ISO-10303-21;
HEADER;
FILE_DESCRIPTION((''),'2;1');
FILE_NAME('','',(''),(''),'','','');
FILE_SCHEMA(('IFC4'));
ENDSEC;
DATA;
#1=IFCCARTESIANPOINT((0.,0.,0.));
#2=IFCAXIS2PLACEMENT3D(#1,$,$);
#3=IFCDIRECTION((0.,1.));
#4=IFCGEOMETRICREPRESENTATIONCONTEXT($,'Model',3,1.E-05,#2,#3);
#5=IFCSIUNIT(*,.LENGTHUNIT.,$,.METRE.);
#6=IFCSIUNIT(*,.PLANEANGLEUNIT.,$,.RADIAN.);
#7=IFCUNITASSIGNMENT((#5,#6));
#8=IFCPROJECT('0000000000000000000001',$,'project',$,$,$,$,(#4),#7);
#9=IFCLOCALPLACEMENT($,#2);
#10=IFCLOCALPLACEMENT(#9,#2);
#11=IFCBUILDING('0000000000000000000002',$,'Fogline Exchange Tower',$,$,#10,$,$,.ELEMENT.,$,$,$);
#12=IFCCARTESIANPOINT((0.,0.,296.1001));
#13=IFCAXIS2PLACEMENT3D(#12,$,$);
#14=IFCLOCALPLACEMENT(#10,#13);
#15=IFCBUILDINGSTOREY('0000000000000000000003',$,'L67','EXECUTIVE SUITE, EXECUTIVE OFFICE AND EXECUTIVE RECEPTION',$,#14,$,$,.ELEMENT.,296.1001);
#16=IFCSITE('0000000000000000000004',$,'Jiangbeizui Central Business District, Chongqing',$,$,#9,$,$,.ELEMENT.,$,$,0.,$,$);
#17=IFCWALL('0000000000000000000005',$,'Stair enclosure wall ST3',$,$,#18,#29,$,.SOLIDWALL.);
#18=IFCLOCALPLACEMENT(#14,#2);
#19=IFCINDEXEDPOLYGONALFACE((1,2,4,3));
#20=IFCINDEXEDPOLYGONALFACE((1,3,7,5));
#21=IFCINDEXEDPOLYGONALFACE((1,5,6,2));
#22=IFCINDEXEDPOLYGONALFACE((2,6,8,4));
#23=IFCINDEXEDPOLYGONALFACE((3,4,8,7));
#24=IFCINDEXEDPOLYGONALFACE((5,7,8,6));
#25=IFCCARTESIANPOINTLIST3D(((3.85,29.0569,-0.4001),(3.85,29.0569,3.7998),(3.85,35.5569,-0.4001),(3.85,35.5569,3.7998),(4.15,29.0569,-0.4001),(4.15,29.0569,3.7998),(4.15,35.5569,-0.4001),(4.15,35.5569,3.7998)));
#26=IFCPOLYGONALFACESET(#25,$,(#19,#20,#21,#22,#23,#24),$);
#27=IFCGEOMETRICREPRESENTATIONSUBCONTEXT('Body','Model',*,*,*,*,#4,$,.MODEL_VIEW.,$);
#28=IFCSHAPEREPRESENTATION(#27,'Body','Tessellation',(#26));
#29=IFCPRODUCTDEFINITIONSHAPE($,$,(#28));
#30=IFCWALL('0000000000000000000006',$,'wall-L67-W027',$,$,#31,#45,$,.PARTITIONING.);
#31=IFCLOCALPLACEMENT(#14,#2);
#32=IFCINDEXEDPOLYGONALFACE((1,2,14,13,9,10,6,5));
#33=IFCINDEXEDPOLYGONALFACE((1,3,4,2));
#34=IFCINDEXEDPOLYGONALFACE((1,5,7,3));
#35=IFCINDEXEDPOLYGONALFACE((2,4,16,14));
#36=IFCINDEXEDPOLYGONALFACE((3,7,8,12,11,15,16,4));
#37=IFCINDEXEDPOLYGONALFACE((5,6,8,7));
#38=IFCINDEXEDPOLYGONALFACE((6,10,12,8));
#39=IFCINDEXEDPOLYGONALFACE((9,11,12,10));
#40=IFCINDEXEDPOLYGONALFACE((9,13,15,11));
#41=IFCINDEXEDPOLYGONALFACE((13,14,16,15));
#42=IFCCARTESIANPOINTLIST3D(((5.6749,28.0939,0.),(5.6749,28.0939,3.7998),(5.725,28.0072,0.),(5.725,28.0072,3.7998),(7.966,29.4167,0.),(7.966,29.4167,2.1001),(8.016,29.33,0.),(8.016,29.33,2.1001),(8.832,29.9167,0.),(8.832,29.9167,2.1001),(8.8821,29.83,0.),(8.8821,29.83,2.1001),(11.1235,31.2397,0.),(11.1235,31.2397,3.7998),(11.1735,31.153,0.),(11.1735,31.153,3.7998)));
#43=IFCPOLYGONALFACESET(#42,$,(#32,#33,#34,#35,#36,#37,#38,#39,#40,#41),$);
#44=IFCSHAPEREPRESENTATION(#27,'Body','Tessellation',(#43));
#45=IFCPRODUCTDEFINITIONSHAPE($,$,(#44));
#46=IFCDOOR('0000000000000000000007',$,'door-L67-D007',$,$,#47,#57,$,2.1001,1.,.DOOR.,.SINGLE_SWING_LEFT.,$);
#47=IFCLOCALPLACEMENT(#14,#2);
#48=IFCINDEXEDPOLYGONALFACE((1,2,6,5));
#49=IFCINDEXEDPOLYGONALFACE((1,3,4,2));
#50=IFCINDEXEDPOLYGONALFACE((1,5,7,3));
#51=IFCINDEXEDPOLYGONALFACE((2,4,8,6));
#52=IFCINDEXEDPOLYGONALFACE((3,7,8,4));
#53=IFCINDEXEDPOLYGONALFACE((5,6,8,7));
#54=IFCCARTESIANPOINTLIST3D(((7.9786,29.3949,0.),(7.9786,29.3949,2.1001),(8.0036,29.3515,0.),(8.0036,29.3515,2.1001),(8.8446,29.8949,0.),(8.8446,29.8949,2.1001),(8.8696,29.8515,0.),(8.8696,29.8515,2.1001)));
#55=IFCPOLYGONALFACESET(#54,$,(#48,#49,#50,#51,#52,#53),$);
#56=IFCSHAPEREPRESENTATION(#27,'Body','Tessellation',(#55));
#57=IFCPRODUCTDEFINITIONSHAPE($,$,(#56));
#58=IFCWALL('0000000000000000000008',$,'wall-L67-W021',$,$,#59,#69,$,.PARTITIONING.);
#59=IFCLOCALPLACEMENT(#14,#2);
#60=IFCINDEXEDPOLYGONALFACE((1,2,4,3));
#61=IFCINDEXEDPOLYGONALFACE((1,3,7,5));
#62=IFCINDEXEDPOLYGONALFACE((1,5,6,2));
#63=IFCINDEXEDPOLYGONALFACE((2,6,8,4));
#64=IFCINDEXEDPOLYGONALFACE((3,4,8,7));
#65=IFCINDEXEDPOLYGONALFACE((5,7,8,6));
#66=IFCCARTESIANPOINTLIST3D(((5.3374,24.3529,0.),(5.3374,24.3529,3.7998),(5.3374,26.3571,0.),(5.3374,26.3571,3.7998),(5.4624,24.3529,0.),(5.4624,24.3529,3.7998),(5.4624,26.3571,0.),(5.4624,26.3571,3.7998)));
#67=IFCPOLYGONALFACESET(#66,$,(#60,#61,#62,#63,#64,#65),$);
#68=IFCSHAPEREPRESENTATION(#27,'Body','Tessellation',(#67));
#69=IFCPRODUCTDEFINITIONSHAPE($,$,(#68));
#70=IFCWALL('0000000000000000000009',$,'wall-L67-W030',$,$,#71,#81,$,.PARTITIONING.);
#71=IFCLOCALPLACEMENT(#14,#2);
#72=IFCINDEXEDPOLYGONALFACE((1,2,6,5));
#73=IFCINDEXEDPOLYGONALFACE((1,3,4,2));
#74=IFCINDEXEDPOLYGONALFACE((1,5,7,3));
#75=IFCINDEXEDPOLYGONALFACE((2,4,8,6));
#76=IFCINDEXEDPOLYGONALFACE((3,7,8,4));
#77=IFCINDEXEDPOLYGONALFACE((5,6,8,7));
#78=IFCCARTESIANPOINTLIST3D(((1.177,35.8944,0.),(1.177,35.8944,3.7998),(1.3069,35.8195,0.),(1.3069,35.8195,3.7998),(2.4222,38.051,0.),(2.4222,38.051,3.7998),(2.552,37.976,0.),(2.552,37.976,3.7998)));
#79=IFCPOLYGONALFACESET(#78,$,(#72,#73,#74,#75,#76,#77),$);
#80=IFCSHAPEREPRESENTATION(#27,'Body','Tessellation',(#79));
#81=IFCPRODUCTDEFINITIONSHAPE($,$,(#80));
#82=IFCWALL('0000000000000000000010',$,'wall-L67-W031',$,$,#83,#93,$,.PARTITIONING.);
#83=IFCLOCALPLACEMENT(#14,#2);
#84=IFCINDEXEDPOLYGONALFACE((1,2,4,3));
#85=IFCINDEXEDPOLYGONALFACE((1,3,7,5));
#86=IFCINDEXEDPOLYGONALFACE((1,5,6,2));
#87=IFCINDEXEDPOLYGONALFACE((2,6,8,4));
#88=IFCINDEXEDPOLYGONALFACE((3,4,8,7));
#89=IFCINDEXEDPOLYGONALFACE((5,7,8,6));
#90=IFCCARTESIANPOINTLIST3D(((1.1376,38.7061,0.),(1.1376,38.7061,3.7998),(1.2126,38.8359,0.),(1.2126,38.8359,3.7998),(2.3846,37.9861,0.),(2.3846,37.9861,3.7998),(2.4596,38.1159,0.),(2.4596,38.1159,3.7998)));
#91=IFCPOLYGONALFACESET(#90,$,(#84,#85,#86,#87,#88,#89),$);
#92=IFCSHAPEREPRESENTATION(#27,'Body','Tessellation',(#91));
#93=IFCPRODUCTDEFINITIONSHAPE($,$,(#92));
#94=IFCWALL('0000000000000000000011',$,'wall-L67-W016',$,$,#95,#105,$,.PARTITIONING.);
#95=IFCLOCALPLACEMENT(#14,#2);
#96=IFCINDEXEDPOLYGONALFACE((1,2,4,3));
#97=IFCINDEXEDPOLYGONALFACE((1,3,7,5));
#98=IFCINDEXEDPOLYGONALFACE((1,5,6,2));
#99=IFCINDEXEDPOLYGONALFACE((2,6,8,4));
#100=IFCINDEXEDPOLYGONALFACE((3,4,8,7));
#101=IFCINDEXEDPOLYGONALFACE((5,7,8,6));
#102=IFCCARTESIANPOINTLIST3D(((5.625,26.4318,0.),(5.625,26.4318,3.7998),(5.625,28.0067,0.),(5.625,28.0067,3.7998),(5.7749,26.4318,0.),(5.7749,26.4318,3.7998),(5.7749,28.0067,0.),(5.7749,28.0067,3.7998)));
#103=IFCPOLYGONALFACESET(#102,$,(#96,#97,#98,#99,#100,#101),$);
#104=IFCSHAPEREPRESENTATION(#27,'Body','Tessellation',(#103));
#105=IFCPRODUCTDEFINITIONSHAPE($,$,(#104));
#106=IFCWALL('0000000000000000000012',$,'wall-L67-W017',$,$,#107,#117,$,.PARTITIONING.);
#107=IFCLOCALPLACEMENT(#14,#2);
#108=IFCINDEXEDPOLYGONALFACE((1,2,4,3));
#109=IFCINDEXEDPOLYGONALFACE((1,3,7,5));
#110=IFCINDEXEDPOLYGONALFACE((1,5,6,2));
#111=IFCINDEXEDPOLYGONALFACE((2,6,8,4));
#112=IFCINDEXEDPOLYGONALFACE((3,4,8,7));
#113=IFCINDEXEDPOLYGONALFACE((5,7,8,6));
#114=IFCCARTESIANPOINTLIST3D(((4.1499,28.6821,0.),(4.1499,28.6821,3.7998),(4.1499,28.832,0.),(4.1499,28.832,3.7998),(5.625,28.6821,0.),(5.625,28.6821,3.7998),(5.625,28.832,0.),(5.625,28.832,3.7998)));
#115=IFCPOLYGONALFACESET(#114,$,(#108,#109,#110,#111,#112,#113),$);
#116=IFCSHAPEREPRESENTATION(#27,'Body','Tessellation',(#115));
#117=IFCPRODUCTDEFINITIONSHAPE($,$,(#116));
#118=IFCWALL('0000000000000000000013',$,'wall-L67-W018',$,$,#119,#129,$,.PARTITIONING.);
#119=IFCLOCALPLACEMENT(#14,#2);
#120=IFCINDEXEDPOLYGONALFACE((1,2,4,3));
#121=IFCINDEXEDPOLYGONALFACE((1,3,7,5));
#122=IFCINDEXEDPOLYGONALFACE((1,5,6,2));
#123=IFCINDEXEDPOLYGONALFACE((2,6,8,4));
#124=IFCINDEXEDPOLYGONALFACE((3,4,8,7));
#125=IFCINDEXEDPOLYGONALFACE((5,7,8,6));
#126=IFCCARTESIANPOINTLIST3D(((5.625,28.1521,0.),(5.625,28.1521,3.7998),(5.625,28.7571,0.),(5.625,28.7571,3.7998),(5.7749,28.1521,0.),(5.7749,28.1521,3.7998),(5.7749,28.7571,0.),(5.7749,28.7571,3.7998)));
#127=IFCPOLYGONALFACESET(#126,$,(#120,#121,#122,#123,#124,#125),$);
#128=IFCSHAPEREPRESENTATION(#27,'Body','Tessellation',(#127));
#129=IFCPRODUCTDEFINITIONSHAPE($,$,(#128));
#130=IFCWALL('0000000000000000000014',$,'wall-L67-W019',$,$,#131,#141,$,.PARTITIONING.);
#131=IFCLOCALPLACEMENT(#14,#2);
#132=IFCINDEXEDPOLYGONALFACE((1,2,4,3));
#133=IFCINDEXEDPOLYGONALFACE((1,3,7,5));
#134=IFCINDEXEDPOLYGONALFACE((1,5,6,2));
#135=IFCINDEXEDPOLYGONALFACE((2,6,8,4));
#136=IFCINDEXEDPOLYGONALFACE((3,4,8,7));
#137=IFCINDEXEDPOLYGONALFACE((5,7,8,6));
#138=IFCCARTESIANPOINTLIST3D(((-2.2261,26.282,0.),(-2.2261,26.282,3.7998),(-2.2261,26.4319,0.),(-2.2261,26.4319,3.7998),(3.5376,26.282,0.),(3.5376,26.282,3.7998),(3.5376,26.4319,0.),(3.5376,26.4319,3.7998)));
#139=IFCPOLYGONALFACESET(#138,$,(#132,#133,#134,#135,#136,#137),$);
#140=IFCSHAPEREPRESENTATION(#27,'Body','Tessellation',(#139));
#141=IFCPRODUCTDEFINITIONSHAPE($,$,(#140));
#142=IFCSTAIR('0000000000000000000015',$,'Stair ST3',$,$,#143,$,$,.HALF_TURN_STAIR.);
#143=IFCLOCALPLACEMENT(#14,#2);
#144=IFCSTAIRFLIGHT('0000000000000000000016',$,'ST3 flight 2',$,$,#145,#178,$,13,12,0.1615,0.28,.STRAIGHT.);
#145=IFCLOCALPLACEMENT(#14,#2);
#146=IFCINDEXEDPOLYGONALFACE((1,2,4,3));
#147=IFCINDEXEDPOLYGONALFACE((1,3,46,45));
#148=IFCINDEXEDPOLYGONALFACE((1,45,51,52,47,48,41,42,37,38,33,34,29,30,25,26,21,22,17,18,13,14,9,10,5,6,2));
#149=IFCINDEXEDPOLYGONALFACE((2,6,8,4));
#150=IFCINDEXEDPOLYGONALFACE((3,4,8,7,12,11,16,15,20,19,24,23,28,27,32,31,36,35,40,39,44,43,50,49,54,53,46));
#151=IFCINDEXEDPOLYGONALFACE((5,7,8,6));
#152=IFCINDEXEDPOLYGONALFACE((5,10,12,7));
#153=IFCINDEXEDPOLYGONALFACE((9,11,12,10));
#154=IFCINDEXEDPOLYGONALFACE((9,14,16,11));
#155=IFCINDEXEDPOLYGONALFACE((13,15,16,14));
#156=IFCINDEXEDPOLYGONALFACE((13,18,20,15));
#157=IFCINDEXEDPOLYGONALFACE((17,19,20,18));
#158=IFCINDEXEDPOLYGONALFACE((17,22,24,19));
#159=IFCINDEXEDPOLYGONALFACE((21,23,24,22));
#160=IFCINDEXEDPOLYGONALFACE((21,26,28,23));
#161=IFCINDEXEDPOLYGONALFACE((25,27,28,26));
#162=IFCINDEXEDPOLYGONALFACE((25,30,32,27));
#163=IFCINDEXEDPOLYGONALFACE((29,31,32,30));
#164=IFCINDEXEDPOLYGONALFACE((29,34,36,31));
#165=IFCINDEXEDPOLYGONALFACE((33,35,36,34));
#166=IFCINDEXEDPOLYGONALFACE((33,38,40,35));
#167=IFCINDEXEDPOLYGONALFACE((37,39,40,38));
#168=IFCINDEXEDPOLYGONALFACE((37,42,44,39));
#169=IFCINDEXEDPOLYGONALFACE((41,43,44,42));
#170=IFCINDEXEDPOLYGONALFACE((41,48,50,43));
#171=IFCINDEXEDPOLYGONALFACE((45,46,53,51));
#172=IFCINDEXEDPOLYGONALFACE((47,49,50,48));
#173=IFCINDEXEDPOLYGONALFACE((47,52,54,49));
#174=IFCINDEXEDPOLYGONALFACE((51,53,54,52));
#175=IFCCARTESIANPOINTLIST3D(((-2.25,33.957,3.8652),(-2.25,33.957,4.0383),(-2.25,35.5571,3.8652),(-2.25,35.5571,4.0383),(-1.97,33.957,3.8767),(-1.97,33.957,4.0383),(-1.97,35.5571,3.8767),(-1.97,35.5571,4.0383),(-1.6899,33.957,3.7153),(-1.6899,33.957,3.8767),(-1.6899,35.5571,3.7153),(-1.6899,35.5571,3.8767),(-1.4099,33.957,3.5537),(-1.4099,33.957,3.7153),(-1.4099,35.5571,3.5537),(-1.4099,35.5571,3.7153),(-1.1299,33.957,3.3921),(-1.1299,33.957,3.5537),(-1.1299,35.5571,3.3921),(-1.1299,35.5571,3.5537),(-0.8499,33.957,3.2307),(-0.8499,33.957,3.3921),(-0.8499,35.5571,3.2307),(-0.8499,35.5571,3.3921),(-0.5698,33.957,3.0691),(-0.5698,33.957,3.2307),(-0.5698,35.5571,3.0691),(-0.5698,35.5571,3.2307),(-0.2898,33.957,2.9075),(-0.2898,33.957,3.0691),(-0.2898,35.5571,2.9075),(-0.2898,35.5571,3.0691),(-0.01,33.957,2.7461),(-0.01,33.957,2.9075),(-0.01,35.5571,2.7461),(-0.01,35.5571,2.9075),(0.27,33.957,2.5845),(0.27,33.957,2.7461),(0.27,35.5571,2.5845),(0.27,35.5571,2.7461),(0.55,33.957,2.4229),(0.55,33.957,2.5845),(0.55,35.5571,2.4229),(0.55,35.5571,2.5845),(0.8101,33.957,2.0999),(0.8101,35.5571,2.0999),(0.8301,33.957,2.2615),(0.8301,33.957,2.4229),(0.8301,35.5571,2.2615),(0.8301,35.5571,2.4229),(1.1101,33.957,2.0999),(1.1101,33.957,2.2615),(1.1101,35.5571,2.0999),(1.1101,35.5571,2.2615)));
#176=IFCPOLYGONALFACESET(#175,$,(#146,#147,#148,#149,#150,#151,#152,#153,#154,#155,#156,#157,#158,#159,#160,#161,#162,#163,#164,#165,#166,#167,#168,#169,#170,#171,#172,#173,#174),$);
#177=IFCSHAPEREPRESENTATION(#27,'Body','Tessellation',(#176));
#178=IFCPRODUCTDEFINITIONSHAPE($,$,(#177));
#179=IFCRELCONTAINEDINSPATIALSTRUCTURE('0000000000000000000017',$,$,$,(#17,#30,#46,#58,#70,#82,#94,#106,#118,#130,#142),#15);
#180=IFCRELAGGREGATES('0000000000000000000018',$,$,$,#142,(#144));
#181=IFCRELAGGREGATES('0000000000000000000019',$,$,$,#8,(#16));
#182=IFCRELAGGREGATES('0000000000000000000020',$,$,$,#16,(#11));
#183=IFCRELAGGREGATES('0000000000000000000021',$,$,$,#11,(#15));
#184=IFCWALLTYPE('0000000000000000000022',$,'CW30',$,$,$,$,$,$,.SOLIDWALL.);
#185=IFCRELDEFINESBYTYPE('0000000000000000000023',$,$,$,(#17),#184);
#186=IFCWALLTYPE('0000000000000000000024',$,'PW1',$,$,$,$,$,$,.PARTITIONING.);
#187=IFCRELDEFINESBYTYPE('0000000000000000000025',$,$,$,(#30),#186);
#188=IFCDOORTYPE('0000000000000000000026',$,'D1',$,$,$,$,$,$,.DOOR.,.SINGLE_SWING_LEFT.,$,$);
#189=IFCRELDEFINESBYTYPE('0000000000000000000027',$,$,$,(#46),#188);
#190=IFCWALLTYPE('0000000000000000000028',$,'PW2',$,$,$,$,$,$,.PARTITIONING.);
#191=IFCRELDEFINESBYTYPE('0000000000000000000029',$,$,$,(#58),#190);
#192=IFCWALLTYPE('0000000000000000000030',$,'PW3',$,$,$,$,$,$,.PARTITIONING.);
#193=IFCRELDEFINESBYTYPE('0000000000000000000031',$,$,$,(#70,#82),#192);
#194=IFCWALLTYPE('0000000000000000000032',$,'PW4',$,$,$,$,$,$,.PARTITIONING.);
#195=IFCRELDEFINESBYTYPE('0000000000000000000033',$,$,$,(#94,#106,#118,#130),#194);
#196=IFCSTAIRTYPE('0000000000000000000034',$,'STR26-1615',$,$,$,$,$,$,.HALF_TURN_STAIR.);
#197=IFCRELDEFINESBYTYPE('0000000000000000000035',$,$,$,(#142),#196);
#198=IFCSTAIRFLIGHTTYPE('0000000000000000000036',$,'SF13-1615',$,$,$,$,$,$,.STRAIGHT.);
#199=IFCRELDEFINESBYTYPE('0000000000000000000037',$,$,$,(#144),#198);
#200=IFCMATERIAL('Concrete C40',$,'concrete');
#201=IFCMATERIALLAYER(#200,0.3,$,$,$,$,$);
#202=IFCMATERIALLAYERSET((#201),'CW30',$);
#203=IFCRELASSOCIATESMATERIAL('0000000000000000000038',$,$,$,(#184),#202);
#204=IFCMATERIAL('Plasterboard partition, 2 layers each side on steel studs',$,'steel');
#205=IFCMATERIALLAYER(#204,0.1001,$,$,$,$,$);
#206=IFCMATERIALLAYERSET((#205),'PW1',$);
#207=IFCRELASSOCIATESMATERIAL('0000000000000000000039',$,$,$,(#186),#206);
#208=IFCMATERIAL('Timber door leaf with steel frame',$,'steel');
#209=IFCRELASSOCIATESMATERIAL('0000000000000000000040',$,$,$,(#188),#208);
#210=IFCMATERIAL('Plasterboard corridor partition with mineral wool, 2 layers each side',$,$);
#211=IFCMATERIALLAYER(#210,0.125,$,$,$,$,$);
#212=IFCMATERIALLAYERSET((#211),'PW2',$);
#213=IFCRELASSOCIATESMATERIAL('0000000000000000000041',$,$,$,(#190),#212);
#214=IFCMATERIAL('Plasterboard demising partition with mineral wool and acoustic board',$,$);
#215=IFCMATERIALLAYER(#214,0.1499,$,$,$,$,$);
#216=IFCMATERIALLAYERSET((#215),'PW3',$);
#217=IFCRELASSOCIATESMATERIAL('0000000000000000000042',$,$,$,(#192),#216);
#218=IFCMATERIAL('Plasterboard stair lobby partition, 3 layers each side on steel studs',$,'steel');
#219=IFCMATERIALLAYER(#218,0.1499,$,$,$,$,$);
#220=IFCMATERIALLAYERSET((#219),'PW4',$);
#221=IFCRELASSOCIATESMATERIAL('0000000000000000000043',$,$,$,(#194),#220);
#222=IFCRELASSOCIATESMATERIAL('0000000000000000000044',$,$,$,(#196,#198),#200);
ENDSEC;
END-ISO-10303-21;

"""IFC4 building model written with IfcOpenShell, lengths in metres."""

from ifc_helpers import new_model, si_unit, direction, frame, frame_2d, origin, place, context, subcontext, project, spatial, polyline, rectangle, outline, extrude, material, layer, layer_set, type_object, element, fill, aggregate, save


model = new_model("IFC4")

# Units and contexts
model_context = context("Model", 3, precision=1e-05, world=origin(), true_north=direction((0.0, 1.0)))
body_context = subcontext(model_context, "Body", "Model", "MODEL_VIEW")
ifc_project = project(units=[si_unit("LENGTHUNIT", "METRE"), si_unit("PLANEANGLEUNIT", "RADIAN")], contexts=[model_context])

# Site, building, storey
site_placement = place(None, origin())
site = spatial("IfcSite", under=ifc_project, at=site_placement, Name="Jiangbeizui Central Business District, Chongqing", CompositionType="ELEMENT", RefElevation=0.0)
building_placement = place(site_placement, origin())
building = spatial("IfcBuilding", under=site, at=building_placement, Name="Fogline Exchange Tower", CompositionType="ELEMENT")
storey_placement = place(building_placement, frame((0.0, 0.0, 296.1001)))
storey = spatial("IfcBuildingStorey", under=building, at=storey_placement, Name="L67", Description="EXECUTIVE SUITE, EXECUTIVE OFFICE AND EXECUTIVE RECEPTION", CompositionType="ELEMENT", Elevation=296.1001)

# Shared definitions
ifc_material_1 = material(Name="Concrete C40", Category="concrete")

# Wall
ifc_layer_1 = layer(ifc_material_1, 0.3)
ifc_layer_set_1 = layer_set([ifc_layer_1], Name="CW30")
wall_type_1 = type_object("IfcWallType", Name="CW30", PredefinedType="SOLIDWALL", material=ifc_layer_set_1)
wall_1_placement = place(storey_placement, frame((4.0, 29.0569, -0.4001), z_axis=(0.0, 0.0, 1.0), x_axis=(0.0, 1.0, 0.0)))
element("IfcWall", 1, at=wall_1_placement, inside=storey, type_object=wall_type_1, Name="Stair enclosure wall ST3", PredefinedType="SOLIDWALL", context=body_context, shape_type="SweptSolid", body=[
    extrude(rectangle(XDim=6.5, YDim=0.3, at=frame_2d((3.25, 0.0))), origin(), (0.0, 0.0, 1.0), 4.2),
])

# Wall, opening, door
ifc_material_2 = material(Name="Plasterboard partition, 2 layers each side on steel studs", Category="steel")
ifc_layer_2 = layer(ifc_material_2, 0.1001)
ifc_layer_set_2 = layer_set([ifc_layer_2], Name="PW1")
wall_type_2 = type_object("IfcWallType", Name="PW1", PredefinedType="PARTITIONING", material=ifc_layer_set_2)
wall_2_placement = place(storey_placement, frame((5.7, 28.0505, 0.0), z_axis=(0.0, 0.0, 1.0), x_axis=(0.866021, 0.500008, 0.0)))
wall_2 = element("IfcWall", 2, at=wall_2_placement, inside=storey, type_object=wall_type_2, Name="wall-L67-W027", PredefinedType="PARTITIONING", context=body_context, shape_type="SweptSolid", body=[
    extrude(rectangle(XDim=6.2915, YDim=0.1001, at=frame_2d((3.1458, 0.0))), origin(), (0.0, 0.0, 1.0), 3.7998),
])
opening_1_placement = place(wall_2_placement, frame((2.6455, 0.0, 0.0)))
opening_1 = element("IfcOpeningElement", 3, at=opening_1_placement, cuts=wall_2, PredefinedType="OPENING", context=body_context, shape_type="SweptSolid", body=[
    extrude(rectangle(XDim=1.0, YDim=2.1001, at=frame_2d((0.5, 1.05))), frame((0.0, 0.0601, 0.0), z_axis=(0.0, -1.0, 0.0), x_axis=(1.0, 0.0, 0.0)), (0.0, 0.0, 1.0), 0.1201),
])
ifc_material_3 = material(Name="Timber door leaf with steel frame", Category="steel")
door_type_1 = type_object("IfcDoorType", Name="D1", OperationType="SINGLE_SWING_LEFT", PredefinedType="DOOR", material=ifc_material_3)
door_1_placement = place(opening_1_placement, origin())
door_1 = element("IfcDoor", 4, at=door_1_placement, inside=storey, type_object=door_type_1, Name="door-L67-D007", OperationType="SINGLE_SWING_LEFT", OverallHeight=2.1001, OverallWidth=1.0, PredefinedType="DOOR", context=body_context, shape_type="SweptSolid", body=[
    extrude(rectangle(XDim=1.0, YDim=2.1001, at=frame_2d((0.5, 1.05))), frame((0.0, 0.0249, 0.0), z_axis=(0.0, -1.0, 0.0), x_axis=(1.0, 0.0, 0.0)), (0.0, 0.0, 1.0), 0.05),
])
fill(opening_1, door_1)

# Walls
ifc_material_4 = material(Name="Plasterboard corridor partition with mineral wool, 2 layers each side")
ifc_layer_3 = layer(ifc_material_4, 0.125)
ifc_layer_set_3 = layer_set([ifc_layer_3], Name="PW2")
wall_type_3 = type_object("IfcWallType", Name="PW2", PredefinedType="PARTITIONING", material=ifc_layer_set_3)
wall_3_placement = place(storey_placement, frame((5.3999, 26.3569, 0.0), z_axis=(0.0, 0.0, 1.0), x_axis=(0.0, -1.0, 0.0)))
element("IfcWall", 5, at=wall_3_placement, inside=storey, type_object=wall_type_3, Name="wall-L67-W021", PredefinedType="PARTITIONING", context=body_context, shape_type="SweptSolid", body=[
    extrude(rectangle(XDim=2.0042, YDim=0.125, at=frame_2d((1.002, 0.0))), origin(), (0.0, 0.0, 1.0), 3.7998),
])
ifc_material_5 = material(Name="Plasterboard demising partition with mineral wool and acoustic board")
ifc_layer_4 = layer(ifc_material_5, 0.1499)
ifc_layer_set_4 = layer_set([ifc_layer_4], Name="PW3")
wall_type_4 = type_object("IfcWallType", Name="PW3", PredefinedType="PARTITIONING", material=ifc_layer_set_4)
wall_4_placement = place(storey_placement, frame((1.2419, 35.8569, 0.0), z_axis=(0.0, 0.0, 1.0), x_axis=(0.500019, 0.866014, 0.0)))
element("IfcWall", 6, at=wall_4_placement, inside=storey, type_object=wall_type_4, Name="wall-L67-W030", PredefinedType="PARTITIONING", context=body_context, shape_type="SweptSolid", body=[
    extrude(rectangle(XDim=2.4902, YDim=0.1499, at=frame_2d((1.2451, 0.0))), origin(), (0.0, 0.0, 1.0), 3.7998),
])
wall_5_placement = place(storey_placement, frame((2.4221, 38.051, 0.0), z_axis=(0.0, 0.0, 1.0), x_axis=(-0.866033, 0.499987, 0.0)))
element("IfcWall", 7, at=wall_5_placement, inside=storey, type_object=wall_type_4, Name="wall-L67-W031", PredefinedType="PARTITIONING", context=body_context, shape_type="SweptSolid", body=[
    extrude(rectangle(XDim=1.4399, YDim=0.1499, at=frame_2d((0.72, 0.0))), origin(), (0.0, 0.0, 1.0), 3.7998),
])
ifc_material_6 = material(Name="Plasterboard stair lobby partition, 3 layers each side on steel studs", Category="steel")
ifc_layer_5 = layer(ifc_material_6, 0.1499)
ifc_layer_set_5 = layer_set([ifc_layer_5], Name="PW4")
wall_type_5 = type_object("IfcWallType", Name="PW4", PredefinedType="PARTITIONING", material=ifc_layer_set_5)
wall_6_placement = place(storey_placement, frame((5.7, 28.0068, 0.0), z_axis=(0.0, 0.0, 1.0), x_axis=(0.0, -1.0, 0.0)))
element("IfcWall", 8, at=wall_6_placement, inside=storey, type_object=wall_type_5, Name="wall-L67-W016", PredefinedType="PARTITIONING", context=body_context, shape_type="SweptSolid", body=[
    extrude(rectangle(XDim=1.575, YDim=0.1499, at=frame_2d((0.7876, 0.0))), origin(), (0.0, 0.0, 1.0), 3.7998),
])
wall_7_placement = place(storey_placement, frame((4.1499, 28.7571, 0.0), z_axis=(0.0, 0.0, 1.0), x_axis=(1.0, 0.0, 0.0)))
element("IfcWall", 9, at=wall_7_placement, inside=storey, type_object=wall_type_5, Name="wall-L67-W017", PredefinedType="PARTITIONING", context=body_context, shape_type="SweptSolid", body=[
    extrude(rectangle(XDim=1.4751, YDim=0.1499, at=frame_2d((0.7375, 0.0))), origin(), (0.0, 0.0, 1.0), 3.7998),
])
wall_8_placement = place(storey_placement, frame((5.7, 28.7571, 0.0), z_axis=(0.0, 0.0, 1.0), x_axis=(0.0, -1.0, 0.0)))
element("IfcWall", 10, at=wall_8_placement, inside=storey, type_object=wall_type_5, Name="wall-L67-W018", PredefinedType="PARTITIONING", context=body_context, shape_type="SweptSolid", body=[
    extrude(rectangle(XDim=0.605, YDim=0.1499, at=frame_2d((0.3025, 0.0))), origin(), (0.0, 0.0, 1.0), 3.7998),
])
wall_9_placement = place(storey_placement, frame((3.5376, 26.3569, 0.0), z_axis=(0.0, 0.0, 1.0), x_axis=(-1.0, 0.0, 0.0)))
element("IfcWall", 11, at=wall_9_placement, inside=storey, type_object=wall_type_5, Name="wall-L67-W019", PredefinedType="PARTITIONING", context=body_context, shape_type="SweptSolid", body=[
    extrude(rectangle(XDim=5.7637, YDim=0.1499, at=frame_2d((2.8818, 0.0))), origin(), (0.0, 0.0, 1.0), 3.7998),
])

# Stair, stair flight
stair_type = type_object("IfcStairType", Name="STR26-1615", PredefinedType="HALF_TURN_STAIR", material=ifc_material_1)
stair_placement = place(storey_placement, origin())
stair = element("IfcStair", 12, at=stair_placement, inside=storey, type_object=stair_type, Name="Stair ST3", PredefinedType="HALF_TURN_STAIR")
stair_flight_type = type_object("IfcStairFlightType", Name="SF13-1615", PredefinedType="STRAIGHT", material=ifc_material_1)
stair_flight_placement = place(storey_placement, frame((1.1101, 34.7571, 2.0999), z_axis=(0.0, 0.0, 1.0), x_axis=(-1.0, 0.0, 0.0)))
stair_flight = element("IfcStairFlight", 13, at=stair_flight_placement, type_object=stair_flight_type, Name="ST3 flight 2", NumberOfRisers=13, NumberOfTreads=12, PredefinedType="STRAIGHT", RiserHeight=0.1615, TreadLength=0.28, context=body_context, shape_type="SweptSolid", body=[
    extrude(outline(polyline([(0.0, 0.0), (0.0, 0.1616), (0.28, 0.1616), (0.28, 0.323), (0.5601, 0.323), (0.5601, 0.4846), (0.8401, 0.4846), (0.8401, 0.6462), (1.1201, 0.6462), (1.1201, 0.8076), (1.3999, 0.8076), (1.3999, 0.9692), (1.6799, 0.9692), (1.6799, 1.1309), (1.96, 1.1309), (1.96, 1.2922), (2.24, 1.2922), (2.24, 1.4539), (2.52, 1.4539), (2.52, 1.6155), (2.8, 1.6155), (2.8, 1.7769), (3.0801, 1.7769), (3.0801, 1.9385), (3.3601, 1.9385), (3.3601, 2.1001), (3.3601, 1.7654), (0.3, 0.0), (0.0, 0.0)])), frame((0.0, 0.8, 0.0), z_axis=(0.0, -1.0, 0.0), x_axis=(1.0, 0.0, 0.0)), (0.0, 0.0, 1.0), 1.6001),
])
aggregate(stair, [stair_flight])

save(model, "model.ifc")
